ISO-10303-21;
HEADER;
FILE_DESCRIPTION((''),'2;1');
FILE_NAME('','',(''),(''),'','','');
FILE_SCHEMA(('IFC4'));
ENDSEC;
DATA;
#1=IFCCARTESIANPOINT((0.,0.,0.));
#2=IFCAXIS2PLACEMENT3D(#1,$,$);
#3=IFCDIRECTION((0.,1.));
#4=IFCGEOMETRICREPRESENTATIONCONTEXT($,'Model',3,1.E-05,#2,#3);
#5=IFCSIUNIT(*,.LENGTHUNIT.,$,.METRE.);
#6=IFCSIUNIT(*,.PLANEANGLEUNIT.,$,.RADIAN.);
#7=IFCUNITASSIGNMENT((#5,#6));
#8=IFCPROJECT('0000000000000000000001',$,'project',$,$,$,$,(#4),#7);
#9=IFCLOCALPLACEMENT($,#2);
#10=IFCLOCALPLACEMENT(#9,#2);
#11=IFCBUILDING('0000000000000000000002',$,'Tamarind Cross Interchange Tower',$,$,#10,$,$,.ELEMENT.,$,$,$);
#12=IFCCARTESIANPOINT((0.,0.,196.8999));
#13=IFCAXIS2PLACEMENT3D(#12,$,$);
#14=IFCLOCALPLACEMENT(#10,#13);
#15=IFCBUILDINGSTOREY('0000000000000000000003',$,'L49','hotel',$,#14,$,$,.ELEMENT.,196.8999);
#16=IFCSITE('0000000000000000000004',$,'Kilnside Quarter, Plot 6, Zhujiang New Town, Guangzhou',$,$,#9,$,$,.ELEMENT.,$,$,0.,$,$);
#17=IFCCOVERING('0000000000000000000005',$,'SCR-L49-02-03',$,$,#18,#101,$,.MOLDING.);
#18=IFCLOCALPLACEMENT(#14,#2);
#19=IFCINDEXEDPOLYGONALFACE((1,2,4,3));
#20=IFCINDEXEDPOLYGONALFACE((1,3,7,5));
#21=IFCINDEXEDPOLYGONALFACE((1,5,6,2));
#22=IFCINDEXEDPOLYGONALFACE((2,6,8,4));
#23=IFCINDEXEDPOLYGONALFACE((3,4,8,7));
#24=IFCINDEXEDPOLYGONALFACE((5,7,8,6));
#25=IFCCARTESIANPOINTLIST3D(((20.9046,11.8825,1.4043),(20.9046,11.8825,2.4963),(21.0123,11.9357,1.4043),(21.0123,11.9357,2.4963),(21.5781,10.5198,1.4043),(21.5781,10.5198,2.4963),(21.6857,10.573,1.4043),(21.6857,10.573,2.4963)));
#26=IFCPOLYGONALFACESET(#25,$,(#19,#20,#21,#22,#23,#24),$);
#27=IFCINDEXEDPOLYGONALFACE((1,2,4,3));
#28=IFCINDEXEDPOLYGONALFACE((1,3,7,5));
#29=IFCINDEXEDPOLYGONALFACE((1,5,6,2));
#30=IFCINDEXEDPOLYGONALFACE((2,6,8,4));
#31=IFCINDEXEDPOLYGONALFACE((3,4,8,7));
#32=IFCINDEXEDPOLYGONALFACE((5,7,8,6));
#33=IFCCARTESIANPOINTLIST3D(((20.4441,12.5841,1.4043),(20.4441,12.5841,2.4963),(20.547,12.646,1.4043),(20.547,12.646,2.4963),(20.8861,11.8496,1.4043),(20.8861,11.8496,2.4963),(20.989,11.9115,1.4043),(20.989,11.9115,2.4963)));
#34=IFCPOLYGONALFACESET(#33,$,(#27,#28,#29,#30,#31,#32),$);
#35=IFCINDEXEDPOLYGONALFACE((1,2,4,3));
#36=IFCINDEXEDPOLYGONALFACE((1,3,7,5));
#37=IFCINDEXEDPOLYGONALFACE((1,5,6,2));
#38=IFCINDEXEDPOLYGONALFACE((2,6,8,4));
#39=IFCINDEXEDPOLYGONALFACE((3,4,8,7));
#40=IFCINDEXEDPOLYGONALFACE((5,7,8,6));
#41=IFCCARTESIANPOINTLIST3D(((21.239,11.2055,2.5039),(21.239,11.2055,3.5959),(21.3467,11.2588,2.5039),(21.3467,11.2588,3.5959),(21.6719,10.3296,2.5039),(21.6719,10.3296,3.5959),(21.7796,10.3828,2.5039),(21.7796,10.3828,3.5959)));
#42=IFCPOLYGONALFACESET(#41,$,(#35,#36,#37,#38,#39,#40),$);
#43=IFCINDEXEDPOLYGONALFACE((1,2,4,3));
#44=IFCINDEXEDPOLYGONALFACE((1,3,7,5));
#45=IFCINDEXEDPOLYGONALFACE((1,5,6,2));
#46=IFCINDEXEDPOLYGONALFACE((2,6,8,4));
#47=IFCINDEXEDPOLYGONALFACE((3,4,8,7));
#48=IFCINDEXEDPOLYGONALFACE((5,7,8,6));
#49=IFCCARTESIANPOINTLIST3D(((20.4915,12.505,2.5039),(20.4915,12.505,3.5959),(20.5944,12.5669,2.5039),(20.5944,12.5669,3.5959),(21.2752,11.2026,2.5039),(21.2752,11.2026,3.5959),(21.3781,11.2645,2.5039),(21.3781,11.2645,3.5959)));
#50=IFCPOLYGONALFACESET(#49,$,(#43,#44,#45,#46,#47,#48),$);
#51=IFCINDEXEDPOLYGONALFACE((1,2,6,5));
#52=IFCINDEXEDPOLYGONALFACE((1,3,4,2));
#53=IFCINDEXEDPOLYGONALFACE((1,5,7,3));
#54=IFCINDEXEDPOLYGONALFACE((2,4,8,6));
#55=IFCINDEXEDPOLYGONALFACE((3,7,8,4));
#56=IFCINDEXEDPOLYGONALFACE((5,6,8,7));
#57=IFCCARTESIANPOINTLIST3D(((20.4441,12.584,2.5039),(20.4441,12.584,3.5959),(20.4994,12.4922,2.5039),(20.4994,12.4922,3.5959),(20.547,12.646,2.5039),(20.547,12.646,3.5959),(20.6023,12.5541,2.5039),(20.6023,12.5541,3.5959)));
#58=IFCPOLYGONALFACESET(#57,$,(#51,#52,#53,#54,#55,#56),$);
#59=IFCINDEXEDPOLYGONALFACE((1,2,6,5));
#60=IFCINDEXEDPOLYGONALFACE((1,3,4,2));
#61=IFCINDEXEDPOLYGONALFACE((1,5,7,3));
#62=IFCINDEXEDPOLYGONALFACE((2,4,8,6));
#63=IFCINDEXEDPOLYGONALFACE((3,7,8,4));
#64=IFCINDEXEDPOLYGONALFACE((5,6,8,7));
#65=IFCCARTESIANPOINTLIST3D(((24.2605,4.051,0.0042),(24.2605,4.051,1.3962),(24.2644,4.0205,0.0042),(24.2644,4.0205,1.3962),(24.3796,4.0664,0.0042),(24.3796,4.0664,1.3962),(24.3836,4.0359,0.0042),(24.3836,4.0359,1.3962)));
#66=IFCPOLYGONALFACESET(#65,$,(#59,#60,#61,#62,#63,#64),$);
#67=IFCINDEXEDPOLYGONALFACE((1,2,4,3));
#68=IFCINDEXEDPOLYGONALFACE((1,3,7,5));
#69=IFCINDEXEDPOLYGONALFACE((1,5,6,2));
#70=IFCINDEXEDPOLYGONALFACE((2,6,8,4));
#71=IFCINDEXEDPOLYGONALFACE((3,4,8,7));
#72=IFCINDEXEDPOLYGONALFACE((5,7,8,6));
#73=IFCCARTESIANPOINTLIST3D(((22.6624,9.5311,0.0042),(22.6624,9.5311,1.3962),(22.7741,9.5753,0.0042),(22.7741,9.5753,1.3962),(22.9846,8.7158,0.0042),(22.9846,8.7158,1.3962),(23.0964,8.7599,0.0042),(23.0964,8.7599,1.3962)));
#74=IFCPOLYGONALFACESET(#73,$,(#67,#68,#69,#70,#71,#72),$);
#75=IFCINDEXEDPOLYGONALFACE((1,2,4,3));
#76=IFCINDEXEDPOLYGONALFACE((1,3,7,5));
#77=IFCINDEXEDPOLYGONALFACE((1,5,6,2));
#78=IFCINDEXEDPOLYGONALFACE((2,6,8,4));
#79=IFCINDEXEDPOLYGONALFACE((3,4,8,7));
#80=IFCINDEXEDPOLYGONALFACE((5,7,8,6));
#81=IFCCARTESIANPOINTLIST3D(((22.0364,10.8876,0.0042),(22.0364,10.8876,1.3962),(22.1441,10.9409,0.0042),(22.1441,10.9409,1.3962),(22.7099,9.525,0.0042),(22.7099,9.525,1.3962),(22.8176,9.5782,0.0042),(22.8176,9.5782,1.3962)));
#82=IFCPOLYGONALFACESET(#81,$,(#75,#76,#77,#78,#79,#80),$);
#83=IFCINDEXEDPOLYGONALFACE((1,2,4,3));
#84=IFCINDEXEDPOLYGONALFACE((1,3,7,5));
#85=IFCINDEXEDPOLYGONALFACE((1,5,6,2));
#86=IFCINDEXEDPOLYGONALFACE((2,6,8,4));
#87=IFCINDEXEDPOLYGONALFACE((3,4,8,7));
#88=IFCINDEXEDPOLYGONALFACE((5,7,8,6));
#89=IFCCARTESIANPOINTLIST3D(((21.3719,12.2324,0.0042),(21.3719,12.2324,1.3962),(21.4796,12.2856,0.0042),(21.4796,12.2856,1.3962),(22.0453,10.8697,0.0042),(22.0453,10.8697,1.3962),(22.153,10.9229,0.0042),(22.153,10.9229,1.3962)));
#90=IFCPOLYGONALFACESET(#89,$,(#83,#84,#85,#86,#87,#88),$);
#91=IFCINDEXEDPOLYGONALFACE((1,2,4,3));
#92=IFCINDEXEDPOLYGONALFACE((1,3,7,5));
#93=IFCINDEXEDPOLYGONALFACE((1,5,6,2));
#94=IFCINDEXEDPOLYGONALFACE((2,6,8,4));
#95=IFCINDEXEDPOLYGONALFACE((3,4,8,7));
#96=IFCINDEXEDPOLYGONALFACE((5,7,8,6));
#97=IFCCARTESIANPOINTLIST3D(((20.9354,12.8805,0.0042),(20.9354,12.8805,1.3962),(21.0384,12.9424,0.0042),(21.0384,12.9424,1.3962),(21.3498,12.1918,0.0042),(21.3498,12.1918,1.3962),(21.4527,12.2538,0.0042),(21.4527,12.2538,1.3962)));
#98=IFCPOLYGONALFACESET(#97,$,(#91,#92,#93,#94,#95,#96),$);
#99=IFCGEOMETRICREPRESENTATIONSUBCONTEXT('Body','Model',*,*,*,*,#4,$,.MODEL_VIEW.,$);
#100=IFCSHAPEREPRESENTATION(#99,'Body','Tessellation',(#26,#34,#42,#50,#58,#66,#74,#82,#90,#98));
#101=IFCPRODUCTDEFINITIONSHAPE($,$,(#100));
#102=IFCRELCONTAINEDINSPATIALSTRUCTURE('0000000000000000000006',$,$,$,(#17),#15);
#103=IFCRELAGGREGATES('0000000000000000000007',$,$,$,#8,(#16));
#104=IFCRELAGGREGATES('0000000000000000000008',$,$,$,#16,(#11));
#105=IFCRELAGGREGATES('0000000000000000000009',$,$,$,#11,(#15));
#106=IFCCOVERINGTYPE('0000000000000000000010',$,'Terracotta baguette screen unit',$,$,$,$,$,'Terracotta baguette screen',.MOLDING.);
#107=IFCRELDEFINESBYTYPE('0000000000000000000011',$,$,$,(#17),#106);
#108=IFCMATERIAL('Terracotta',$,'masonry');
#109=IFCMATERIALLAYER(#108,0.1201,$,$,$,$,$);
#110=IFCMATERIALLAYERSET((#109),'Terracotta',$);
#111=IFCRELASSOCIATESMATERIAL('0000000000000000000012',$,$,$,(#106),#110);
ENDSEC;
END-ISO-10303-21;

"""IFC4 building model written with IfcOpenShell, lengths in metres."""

from ifc_helpers import new_model, si_unit, direction, frame, origin, origin_2d, place, context, subcontext, project, spatial, rectangle, extrude, material, layer, layer_set, type_object, element, save


model = new_model("IFC4")

# Units and contexts
model_context = context("Model", 3, precision=1e-05, world=origin(), true_north=direction((0.0, 1.0)))
body_context = subcontext(model_context, "Body", "Model", "MODEL_VIEW")
ifc_project = project(units=[si_unit("LENGTHUNIT", "METRE"), si_unit("PLANEANGLEUNIT", "RADIAN")], contexts=[model_context])

# Site, building, storey
site_placement = place(None, origin())
site = spatial("IfcSite", under=ifc_project, at=site_placement, Name="Kilnside Quarter, Plot 6, Zhujiang New Town, Guangzhou", CompositionType="ELEMENT", RefElevation=0.0)
building_placement = place(site_placement, origin())
building = spatial("IfcBuilding", under=site, at=building_placement, Name="Tamarind Cross Interchange Tower", CompositionType="ELEMENT")
storey_placement = place(building_placement, frame((0.0, 0.0, 196.8999)))
storey = spatial("IfcBuildingStorey", under=building, at=storey_placement, Name="L49", Description="hotel", CompositionType="ELEMENT", Elevation=196.8999)

# Covering
ifc_material_1 = material(Name="Terracotta", Category="masonry")
ifc_layer_1 = layer(ifc_material_1, 0.1201)
ifc_layer_set_1 = layer_set([ifc_layer_1], Name="Terracotta")
covering_type = type_object("IfcCoveringType", Name="Terracotta baguette screen unit", ElementType="Terracotta baguette screen", PredefinedType="MOLDING", material=ifc_layer_set_1)
covering_1_placement = place(storey_placement, origin())
element("IfcCovering", 1, at=covering_1_placement, inside=storey, type_object=covering_type, Name="SCR-L49-02-03", PredefinedType="MOLDING", context=body_context, shape_type="SweptSolid", body=[
    extrude(rectangle(XDim=1.52, YDim=0.1201, at=origin_2d()), frame((21.2952, 11.2278, 1.4043), z_axis=(0.0, 0.0, 1.0), x_axis=(-0.443059, 0.896493, 0.0)), (0.0, 0.0, 1.0), 1.092),
    extrude(rectangle(XDim=0.8572, YDim=0.1201, at=origin_2d()), frame((20.7166, 12.2478, 1.4043), z_axis=(0.0, 0.0, 1.0), x_axis=(-0.515577, 0.856843, 0.0)), (0.0, 0.0, 1.0), 1.092),
    extrude(rectangle(XDim=0.9771, YDim=0.1201, at=origin_2d()), frame((21.5093, 10.7942, 2.5039), z_axis=(0.0, 0.0, 1.0), x_axis=(-0.443059, 0.896493, 0.0)), (0.0, 0.0, 1.0), 1.092),
    extrude(rectangle(XDim=1.52, YDim=0.1201, at=origin_2d()), frame((20.9348, 11.8848, 2.5039), z_axis=(0.0, 0.0, 1.0), x_axis=(-0.515577, 0.856843, 0.0)), (0.0, 0.0, 1.0), 1.092),
    extrude(rectangle(XDim=0.1072, YDim=0.1201, at=origin_2d()), frame((20.5232, 12.5691, 2.5039), z_axis=(0.0, 0.0, 1.0), x_axis=(-0.515577, 0.856843, 0.0)), (0.0, 0.0, 1.0), 1.092),
    extrude(rectangle(XDim=0.0308, YDim=0.1201, at=origin_2d()), frame((24.322, 4.0435, 0.0042), z_axis=(0.0, 0.0, 1.0), x_axis=(-0.127962, 0.991779, 0.0)), (0.0, 0.0, 1.0), 1.3921),
    extrude(rectangle(XDim=0.8767, YDim=0.1201, at=origin_2d()), frame((22.8794, 9.1455, 0.0042), z_axis=(0.0, 0.0, 1.0), x_axis=(-0.367514, 0.930018, 0.0)), (0.0, 0.0, 1.0), 1.3921),
    extrude(rectangle(XDim=1.52, YDim=0.1201, at=origin_2d()), frame((22.427, 10.2329, 0.0042), z_axis=(0.0, 0.0, 1.0), x_axis=(-0.443059, 0.896493, 0.0)), (0.0, 0.0, 1.0), 1.3921),
    extrude(rectangle(XDim=1.52, YDim=0.1201, at=origin_2d()), frame((21.7625, 11.5776, 0.0042), z_axis=(0.0, 0.0, 1.0), x_axis=(-0.443059, 0.896493, 0.0)), (0.0, 0.0, 1.0), 1.3921),
    extrude(rectangle(XDim=0.8037, YDim=0.1201, at=origin_2d()), frame((21.1941, 12.5671, 0.0042), z_axis=(0.0, 0.0, 1.0), x_axis=(-0.515577, 0.856843, 0.0)), (0.0, 0.0, 1.0), 1.3921),
])

save(model, "model.ifc")
